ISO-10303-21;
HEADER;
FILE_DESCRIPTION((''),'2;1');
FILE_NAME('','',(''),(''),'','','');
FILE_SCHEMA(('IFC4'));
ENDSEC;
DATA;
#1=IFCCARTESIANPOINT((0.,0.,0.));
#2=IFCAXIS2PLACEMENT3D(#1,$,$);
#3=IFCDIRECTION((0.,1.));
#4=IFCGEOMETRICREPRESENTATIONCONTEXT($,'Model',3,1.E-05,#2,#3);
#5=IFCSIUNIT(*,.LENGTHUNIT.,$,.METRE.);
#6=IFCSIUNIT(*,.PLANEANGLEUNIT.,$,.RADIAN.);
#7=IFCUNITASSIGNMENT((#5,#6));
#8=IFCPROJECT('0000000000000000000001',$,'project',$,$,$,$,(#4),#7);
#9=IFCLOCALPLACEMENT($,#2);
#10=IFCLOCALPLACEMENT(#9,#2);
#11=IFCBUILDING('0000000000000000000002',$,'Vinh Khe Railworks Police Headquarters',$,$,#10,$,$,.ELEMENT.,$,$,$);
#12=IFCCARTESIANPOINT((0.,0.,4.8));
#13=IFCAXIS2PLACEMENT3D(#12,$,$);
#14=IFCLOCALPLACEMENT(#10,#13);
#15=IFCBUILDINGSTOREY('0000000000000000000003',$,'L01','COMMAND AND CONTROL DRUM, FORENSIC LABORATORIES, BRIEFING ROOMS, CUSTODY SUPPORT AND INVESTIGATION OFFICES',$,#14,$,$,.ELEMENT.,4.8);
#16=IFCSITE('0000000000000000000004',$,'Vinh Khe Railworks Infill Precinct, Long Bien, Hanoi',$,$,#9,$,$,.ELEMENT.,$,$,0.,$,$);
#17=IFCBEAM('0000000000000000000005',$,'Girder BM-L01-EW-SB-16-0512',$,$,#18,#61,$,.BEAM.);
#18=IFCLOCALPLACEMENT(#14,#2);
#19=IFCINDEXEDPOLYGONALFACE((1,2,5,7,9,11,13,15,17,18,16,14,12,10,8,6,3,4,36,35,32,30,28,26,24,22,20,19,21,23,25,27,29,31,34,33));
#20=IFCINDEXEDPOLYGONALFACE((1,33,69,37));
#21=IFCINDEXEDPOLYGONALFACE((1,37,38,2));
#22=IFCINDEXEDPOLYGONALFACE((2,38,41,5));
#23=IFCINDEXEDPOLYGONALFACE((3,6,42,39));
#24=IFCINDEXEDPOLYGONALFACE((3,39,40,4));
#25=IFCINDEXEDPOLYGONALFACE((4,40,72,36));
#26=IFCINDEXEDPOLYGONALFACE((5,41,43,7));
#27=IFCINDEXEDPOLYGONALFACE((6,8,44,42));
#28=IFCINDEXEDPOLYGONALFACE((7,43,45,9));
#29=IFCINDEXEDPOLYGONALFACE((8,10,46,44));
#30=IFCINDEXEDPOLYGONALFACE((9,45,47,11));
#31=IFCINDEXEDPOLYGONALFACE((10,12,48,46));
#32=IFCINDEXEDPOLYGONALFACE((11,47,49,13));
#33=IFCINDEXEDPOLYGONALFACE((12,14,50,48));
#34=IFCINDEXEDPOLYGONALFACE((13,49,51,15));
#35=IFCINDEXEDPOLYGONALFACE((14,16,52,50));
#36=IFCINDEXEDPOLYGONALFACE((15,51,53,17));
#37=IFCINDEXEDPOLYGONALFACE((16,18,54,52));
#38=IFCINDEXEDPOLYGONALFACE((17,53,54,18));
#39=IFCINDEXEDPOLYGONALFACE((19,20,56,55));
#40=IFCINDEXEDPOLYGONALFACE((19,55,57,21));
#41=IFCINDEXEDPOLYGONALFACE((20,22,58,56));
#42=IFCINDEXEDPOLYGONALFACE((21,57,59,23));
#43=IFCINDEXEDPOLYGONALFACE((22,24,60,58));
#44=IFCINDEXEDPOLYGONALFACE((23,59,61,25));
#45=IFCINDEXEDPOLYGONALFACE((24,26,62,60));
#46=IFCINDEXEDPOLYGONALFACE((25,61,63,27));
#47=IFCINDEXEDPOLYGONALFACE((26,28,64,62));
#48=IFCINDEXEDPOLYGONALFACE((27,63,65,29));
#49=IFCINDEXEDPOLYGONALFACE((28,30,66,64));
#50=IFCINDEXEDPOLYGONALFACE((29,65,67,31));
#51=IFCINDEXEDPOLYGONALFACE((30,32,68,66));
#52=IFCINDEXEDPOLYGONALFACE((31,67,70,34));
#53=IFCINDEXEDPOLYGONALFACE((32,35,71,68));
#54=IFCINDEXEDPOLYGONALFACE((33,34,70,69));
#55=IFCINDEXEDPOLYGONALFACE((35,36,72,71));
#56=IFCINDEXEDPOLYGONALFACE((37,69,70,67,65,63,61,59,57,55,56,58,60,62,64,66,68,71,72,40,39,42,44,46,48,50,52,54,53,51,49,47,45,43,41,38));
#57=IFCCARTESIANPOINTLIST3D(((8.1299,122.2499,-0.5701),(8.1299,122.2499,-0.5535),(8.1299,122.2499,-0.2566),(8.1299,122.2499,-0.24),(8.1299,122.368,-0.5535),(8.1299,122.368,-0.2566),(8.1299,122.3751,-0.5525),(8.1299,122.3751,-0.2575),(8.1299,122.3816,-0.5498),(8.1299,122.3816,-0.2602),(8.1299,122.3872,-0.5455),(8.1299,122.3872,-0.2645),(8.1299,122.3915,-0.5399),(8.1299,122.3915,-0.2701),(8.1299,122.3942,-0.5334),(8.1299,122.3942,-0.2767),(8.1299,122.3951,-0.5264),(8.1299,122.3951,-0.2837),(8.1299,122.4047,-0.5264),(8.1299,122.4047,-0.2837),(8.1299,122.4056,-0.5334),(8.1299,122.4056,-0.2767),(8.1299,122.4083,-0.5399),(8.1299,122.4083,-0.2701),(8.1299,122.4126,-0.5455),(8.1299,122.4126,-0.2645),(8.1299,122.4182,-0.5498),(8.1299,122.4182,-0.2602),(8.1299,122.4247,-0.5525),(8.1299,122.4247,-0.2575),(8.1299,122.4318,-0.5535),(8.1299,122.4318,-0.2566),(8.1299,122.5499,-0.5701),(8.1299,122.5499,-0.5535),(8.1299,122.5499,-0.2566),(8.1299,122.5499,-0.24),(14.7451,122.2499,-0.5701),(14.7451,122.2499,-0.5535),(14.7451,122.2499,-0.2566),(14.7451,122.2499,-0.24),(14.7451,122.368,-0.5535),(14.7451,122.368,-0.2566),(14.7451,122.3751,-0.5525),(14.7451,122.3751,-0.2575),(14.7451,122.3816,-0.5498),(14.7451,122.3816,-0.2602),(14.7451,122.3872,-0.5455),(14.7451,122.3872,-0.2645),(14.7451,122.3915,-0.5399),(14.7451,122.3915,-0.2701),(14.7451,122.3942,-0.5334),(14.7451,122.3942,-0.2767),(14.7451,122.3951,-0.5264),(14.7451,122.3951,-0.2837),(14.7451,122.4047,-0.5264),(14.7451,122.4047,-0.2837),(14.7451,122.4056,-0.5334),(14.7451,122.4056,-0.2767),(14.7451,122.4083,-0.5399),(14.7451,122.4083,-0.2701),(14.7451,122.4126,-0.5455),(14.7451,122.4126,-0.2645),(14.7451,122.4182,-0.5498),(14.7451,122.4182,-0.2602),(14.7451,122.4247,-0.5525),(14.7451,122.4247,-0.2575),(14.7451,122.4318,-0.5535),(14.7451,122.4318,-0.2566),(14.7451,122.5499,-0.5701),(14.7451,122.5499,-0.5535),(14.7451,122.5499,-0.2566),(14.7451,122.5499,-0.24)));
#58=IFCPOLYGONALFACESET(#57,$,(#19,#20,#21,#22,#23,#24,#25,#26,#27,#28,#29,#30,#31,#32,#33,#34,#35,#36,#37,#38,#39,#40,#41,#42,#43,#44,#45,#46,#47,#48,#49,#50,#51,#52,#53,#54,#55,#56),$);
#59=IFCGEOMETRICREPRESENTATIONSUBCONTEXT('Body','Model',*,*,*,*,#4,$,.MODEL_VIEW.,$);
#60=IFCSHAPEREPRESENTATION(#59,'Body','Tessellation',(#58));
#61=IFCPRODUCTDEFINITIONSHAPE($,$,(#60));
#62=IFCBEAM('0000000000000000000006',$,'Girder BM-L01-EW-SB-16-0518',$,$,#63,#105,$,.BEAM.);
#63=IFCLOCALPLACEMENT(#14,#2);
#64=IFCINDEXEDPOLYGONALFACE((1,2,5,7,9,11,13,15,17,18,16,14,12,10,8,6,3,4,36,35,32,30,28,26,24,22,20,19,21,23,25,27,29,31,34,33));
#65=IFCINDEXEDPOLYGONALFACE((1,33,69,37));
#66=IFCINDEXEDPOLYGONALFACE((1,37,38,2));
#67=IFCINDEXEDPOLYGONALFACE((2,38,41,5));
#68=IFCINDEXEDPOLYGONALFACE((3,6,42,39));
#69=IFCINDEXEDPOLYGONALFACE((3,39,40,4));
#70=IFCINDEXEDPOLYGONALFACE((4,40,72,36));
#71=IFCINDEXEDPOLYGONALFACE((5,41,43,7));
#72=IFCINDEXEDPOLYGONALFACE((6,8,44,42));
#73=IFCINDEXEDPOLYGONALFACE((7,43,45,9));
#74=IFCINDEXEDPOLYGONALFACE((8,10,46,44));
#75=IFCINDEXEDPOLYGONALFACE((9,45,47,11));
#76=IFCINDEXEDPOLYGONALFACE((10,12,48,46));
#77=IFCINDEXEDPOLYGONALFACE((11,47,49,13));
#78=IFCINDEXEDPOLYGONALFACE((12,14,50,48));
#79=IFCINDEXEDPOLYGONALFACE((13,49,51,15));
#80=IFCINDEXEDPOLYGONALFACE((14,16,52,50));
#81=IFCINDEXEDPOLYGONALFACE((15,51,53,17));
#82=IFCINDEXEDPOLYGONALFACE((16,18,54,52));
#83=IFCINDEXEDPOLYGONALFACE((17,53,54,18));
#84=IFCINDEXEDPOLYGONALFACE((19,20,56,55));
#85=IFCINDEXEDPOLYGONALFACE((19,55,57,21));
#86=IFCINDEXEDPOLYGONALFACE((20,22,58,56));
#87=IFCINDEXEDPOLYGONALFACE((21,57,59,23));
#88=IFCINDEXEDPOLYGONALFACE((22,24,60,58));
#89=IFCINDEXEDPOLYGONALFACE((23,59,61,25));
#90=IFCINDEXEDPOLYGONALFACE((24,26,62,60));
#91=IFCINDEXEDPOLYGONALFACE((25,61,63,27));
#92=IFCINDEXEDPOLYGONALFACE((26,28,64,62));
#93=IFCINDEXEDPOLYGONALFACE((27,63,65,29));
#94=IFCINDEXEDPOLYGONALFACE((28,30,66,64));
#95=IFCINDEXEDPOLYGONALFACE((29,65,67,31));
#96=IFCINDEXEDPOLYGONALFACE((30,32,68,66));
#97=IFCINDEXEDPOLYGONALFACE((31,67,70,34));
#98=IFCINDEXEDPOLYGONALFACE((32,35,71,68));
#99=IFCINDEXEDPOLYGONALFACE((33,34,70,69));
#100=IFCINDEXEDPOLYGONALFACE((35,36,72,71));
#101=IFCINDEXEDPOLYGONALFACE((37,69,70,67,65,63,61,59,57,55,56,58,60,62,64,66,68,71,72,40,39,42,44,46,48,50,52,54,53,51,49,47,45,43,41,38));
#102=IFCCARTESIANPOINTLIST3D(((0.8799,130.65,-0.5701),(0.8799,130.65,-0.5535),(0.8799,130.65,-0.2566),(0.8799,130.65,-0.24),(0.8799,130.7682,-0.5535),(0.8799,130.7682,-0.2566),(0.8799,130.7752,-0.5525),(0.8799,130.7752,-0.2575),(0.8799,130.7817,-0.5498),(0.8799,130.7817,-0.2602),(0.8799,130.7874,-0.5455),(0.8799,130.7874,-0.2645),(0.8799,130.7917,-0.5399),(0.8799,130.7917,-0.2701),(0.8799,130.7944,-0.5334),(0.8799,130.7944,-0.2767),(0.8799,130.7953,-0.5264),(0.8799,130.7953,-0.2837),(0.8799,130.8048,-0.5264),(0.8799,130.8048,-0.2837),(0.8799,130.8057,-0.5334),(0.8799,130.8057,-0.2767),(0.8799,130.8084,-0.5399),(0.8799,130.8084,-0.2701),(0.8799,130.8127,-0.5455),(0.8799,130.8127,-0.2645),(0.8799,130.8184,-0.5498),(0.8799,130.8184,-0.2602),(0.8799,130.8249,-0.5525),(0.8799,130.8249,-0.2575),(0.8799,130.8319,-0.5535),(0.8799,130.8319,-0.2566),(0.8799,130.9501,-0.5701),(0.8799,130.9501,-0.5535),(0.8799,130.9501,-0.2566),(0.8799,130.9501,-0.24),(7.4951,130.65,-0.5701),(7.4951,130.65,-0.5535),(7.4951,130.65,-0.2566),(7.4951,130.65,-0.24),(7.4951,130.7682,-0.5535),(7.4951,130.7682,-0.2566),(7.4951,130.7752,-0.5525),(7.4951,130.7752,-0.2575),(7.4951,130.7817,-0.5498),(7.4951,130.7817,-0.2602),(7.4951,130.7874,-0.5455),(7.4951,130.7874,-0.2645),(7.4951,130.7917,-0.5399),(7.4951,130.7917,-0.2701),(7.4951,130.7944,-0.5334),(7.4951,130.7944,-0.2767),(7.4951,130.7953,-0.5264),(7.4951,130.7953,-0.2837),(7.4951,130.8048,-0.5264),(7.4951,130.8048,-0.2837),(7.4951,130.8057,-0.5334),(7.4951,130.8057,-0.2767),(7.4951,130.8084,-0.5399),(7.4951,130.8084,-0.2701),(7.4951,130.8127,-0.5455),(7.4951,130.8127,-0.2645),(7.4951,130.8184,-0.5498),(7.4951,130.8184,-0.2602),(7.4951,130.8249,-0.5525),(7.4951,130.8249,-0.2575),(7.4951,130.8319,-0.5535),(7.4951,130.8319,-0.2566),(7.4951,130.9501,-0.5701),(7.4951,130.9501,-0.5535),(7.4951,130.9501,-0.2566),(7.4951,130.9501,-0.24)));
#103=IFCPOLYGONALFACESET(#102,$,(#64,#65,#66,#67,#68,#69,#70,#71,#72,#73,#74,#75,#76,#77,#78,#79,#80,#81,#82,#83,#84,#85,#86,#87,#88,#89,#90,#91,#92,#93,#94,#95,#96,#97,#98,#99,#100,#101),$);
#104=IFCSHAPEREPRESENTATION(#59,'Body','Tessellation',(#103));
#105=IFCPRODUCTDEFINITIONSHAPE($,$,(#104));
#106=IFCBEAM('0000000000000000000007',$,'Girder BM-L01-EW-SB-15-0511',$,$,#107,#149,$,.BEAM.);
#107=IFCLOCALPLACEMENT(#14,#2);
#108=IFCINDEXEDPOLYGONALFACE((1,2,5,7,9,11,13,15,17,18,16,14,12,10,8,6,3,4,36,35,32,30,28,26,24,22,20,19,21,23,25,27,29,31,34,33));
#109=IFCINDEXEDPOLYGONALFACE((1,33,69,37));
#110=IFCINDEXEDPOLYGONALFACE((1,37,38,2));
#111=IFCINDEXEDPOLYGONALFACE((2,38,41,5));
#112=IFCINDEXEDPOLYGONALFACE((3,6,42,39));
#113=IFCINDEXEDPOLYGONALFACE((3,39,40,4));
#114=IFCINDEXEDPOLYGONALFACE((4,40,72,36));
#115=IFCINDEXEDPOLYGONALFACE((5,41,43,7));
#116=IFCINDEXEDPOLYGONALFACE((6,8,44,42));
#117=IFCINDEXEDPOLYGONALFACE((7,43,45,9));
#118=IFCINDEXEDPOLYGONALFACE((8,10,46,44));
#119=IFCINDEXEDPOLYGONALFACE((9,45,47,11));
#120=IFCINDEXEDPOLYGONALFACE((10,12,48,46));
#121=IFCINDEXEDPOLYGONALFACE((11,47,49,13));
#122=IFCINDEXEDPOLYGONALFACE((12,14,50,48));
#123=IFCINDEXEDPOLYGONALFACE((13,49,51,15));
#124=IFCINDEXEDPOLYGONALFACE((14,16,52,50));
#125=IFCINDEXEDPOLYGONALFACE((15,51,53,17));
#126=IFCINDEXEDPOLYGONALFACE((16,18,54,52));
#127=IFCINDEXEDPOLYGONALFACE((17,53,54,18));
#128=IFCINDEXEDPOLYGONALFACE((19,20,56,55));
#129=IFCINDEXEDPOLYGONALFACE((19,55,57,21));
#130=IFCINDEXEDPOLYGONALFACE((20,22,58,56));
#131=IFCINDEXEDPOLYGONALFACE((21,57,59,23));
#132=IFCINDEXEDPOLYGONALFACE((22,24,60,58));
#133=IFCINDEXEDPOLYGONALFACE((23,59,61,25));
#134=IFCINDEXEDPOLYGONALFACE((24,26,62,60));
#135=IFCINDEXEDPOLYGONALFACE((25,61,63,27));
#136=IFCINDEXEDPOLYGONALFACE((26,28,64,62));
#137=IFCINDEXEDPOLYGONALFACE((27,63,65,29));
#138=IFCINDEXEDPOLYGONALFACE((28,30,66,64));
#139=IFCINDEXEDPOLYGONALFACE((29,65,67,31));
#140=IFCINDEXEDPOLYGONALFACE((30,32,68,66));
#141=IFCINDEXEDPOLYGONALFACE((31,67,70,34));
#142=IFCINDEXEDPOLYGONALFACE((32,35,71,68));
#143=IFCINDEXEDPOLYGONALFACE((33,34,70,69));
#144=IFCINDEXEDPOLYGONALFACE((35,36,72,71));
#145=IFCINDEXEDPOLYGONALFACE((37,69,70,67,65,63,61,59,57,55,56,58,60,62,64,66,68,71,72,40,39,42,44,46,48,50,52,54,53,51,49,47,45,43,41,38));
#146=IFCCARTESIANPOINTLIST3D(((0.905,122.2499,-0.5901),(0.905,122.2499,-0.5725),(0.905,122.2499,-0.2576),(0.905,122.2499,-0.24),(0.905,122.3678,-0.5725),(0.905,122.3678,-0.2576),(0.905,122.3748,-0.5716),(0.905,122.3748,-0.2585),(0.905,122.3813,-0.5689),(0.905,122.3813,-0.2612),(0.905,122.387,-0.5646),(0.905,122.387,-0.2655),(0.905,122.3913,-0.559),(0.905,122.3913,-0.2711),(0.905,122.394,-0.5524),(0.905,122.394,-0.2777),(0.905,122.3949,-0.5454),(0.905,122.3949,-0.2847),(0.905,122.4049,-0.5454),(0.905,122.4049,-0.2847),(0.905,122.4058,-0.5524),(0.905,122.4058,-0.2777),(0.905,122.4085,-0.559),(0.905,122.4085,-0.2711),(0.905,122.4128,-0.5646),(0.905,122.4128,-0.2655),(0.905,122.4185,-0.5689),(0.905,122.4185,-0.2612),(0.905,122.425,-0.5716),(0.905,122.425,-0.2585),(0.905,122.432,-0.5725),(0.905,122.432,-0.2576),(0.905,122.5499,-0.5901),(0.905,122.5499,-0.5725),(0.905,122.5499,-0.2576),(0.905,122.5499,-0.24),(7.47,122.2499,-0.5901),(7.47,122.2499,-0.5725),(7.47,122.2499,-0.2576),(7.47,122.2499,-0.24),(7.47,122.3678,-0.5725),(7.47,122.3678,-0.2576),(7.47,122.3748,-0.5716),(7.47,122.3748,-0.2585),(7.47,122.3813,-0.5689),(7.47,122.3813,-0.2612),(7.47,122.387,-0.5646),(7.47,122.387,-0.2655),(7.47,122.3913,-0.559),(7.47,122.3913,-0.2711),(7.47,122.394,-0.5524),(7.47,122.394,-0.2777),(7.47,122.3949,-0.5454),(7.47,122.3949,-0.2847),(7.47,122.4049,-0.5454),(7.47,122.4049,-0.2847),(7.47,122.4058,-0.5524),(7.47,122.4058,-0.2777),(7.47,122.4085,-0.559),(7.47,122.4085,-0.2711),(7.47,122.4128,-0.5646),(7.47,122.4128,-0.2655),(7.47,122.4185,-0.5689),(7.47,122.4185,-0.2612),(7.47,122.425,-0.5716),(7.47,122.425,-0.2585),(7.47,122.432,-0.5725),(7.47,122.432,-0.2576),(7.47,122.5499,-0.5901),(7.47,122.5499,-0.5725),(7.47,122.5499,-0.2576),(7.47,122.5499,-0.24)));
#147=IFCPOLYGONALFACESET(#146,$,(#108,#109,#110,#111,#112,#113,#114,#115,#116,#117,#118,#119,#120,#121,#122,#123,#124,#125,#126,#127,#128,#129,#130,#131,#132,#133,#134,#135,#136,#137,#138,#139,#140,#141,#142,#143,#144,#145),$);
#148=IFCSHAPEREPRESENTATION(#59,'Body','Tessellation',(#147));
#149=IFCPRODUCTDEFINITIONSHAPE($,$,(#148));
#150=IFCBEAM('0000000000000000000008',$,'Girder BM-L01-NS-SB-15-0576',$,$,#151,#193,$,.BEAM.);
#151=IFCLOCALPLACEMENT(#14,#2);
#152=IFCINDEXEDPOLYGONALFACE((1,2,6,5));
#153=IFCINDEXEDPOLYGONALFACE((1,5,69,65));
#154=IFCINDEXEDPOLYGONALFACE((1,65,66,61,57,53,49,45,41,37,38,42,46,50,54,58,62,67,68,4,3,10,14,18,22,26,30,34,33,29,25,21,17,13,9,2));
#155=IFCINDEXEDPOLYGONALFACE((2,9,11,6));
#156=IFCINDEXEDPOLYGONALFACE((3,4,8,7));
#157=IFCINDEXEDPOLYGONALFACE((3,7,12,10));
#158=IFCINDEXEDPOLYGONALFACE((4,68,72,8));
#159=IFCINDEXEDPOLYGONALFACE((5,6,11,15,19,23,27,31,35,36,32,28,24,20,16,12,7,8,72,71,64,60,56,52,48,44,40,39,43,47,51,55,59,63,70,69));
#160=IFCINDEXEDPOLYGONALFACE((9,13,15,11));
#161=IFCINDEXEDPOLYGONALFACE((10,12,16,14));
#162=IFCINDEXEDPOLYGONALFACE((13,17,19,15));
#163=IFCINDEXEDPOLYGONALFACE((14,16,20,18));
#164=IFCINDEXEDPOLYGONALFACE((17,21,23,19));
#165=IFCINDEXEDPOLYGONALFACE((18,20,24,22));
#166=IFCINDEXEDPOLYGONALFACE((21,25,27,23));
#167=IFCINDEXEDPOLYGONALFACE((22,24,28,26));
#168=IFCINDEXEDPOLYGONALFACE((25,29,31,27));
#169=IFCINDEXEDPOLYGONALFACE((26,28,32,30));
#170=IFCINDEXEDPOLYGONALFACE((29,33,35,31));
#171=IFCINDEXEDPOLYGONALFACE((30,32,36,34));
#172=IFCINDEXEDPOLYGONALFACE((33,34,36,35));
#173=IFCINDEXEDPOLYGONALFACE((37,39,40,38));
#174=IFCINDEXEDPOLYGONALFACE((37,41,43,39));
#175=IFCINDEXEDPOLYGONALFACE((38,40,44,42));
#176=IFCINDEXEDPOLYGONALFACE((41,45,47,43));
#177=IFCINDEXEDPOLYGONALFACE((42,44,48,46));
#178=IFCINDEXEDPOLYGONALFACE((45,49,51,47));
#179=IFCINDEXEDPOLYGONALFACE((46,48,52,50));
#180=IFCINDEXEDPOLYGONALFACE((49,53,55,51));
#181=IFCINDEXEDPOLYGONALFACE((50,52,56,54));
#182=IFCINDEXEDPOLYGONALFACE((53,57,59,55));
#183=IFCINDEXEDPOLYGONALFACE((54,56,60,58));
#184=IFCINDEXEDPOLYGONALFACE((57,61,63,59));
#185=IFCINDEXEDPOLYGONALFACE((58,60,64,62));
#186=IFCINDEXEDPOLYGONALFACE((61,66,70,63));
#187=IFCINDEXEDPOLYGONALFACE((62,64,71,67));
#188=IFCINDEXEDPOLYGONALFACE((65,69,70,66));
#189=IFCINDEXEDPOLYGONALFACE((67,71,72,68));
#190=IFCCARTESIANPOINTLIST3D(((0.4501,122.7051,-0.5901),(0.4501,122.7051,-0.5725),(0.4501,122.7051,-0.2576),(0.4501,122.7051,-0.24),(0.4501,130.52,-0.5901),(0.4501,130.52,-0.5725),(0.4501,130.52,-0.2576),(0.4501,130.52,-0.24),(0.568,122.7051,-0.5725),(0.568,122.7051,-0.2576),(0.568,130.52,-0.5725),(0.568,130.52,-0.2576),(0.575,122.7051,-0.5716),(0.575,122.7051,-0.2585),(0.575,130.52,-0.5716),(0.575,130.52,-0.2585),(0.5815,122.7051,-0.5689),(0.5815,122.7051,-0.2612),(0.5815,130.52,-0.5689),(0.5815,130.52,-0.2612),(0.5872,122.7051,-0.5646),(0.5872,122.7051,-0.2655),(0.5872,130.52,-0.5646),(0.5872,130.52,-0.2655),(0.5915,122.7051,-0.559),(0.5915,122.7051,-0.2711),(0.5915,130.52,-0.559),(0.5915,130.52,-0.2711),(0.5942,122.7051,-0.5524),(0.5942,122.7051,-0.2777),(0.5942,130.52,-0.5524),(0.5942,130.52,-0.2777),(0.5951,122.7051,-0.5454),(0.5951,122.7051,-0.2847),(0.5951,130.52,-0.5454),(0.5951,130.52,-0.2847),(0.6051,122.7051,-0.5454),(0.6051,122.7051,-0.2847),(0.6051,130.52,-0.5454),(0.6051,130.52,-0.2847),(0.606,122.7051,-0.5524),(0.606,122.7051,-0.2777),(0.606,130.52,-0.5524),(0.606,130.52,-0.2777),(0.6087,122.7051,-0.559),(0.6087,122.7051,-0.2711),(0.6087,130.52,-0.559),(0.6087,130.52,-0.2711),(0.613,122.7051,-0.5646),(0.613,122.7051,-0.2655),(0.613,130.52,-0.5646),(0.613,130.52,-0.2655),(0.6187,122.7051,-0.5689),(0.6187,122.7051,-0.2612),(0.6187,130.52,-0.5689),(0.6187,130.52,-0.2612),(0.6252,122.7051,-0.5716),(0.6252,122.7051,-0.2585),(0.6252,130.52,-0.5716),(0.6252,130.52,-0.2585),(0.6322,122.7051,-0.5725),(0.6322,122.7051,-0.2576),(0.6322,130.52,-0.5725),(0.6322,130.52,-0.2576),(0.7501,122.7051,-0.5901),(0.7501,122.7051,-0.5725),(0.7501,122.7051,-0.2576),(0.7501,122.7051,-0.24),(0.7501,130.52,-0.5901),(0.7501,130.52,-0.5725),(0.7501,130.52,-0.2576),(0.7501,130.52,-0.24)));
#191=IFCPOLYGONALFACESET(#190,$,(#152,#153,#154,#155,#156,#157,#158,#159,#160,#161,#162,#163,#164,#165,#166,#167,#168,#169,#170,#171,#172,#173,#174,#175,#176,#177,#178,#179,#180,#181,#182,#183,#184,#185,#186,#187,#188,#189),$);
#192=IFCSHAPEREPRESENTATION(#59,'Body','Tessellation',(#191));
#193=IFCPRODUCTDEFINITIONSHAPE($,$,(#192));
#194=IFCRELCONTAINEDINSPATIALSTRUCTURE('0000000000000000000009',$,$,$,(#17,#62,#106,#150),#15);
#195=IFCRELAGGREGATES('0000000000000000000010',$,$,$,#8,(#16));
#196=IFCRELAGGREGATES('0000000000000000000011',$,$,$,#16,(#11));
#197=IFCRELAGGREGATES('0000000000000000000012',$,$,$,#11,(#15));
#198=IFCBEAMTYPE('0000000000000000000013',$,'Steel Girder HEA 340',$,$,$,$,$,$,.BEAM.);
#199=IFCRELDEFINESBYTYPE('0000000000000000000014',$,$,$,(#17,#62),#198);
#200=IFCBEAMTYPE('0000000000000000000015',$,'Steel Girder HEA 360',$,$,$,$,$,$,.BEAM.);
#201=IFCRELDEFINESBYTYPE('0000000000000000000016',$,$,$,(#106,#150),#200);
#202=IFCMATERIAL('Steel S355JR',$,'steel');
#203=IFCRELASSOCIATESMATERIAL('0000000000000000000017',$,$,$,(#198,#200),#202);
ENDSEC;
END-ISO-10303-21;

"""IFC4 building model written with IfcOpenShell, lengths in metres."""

from ifc_helpers import new_model, si_unit, direction, frame, origin, origin_2d, place, context, subcontext, project, spatial, i_section, extrude, material, material_profile, profile_set, type_object, element, save


model = new_model("IFC4")

# Units and contexts
model_context = context("Model", 3, precision=1e-05, world=origin(), true_north=direction((0.0, 1.0)))
body_context = subcontext(model_context, "Body", "Model", "MODEL_VIEW")
ifc_project = project(units=[si_unit("LENGTHUNIT", "METRE"), si_unit("PLANEANGLEUNIT", "RADIAN")], contexts=[model_context])

# Site, building, storey
site_placement = place(None, origin())
site = spatial("IfcSite", under=ifc_project, at=site_placement, Name="Vinh Khe Railworks Infill Precinct, Long Bien, Hanoi", CompositionType="ELEMENT", RefElevation=0.0)
building_placement = place(site_placement, origin())
building = spatial("IfcBuilding", under=site, at=building_placement, Name="Vinh Khe Railworks Police Headquarters", CompositionType="ELEMENT")
storey_placement = place(building_placement, frame((0.0, 0.0, 4.8)))
storey = spatial("IfcBuildingStorey", under=building, at=storey_placement, Name="L01", Description="COMMAND AND CONTROL DRUM, FORENSIC LABORATORIES, BRIEFING ROOMS, CUSTODY SUPPORT AND INVESTIGATION OFFICES", CompositionType="ELEMENT", Elevation=4.8)

# Beams
ifc_material_1 = material(Name="Steel S355JR", Category="steel")
ifc_material_profile_1 = material_profile(ifc_material_1, i_section(OverallWidth=0.3, OverallDepth=0.3301, WebThickness=0.0095, FlangeThickness=0.0166, FilletRadius=0.0271, at=origin_2d()), Name="HEA 340")
ifc_profile_set_1 = profile_set([ifc_material_profile_1], Name="Steel S355JR")
beam_type_1 = type_object("IfcBeamType", Name="Steel Girder HEA 340", PredefinedType="BEAM", material=ifc_profile_set_1)
for number, where, z_axis, x_axis, name in (
    (1, (8.1299, 122.3999, -0.405), (1.0, 0.0, 0.0), (0.0, 1.0, 0.0), "Girder BM-L01-EW-SB-16-0512"),
    (2, (0.8799, 130.8, -0.405), (1.0, 0.0, 0.0), (0.0, 1.0, 0.0), "Girder BM-L01-EW-SB-16-0518"),
):
    element("IfcBeam", number, at=place(storey_placement, frame(where, z_axis=z_axis, x_axis=x_axis)), inside=storey, type_object=beam_type_1, Name=name, PredefinedType="BEAM", context=body_context, shape_type="SweptSolid", body=[
        extrude(i_section(OverallWidth=0.3, OverallDepth=0.3301, WebThickness=0.0095, FlangeThickness=0.0166, FilletRadius=0.0271, at=origin_2d()), origin(), (0.0, 0.0, 1.0), 6.6152),
    ])
ifc_material_profile_2 = material_profile(ifc_material_1, i_section(OverallWidth=0.3, OverallDepth=0.3501, WebThickness=0.01, FlangeThickness=0.0176, FilletRadius=0.0271, at=origin_2d()), Name="HEA 360")
ifc_profile_set_2 = profile_set([ifc_material_profile_2], Name="Steel S355JR")
beam_type_2 = type_object("IfcBeamType", Name="Steel Girder HEA 360", PredefinedType="BEAM", material=ifc_profile_set_2)
beam_1_placement = place(storey_placement, frame((0.905, 122.3999, -0.415), z_axis=(1.0, 0.0, 0.0), x_axis=(0.0, 1.0, 0.0)))
element("IfcBeam", 3, at=beam_1_placement, inside=storey, type_object=beam_type_2, Name="Girder BM-L01-EW-SB-15-0511", PredefinedType="BEAM", context=body_context, shape_type="SweptSolid", body=[
    extrude(i_section(OverallWidth=0.3, OverallDepth=0.3501, WebThickness=0.01, FlangeThickness=0.0176, FilletRadius=0.0271, at=origin_2d()), origin(), (0.0, 0.0, 1.0), 6.5649),
])
beam_2_placement = place(storey_placement, frame((0.6001, 122.7051, -0.415), z_axis=(0.0, 1.0, 0.0), x_axis=(-1.0, 0.0, 0.0)))
element("IfcBeam", 4, at=beam_2_placement, inside=storey, type_object=beam_type_2, Name="Girder BM-L01-NS-SB-15-0576", PredefinedType="BEAM", context=body_context, shape_type="SweptSolid", body=[
    extrude(i_section(OverallWidth=0.3, OverallDepth=0.3501, WebThickness=0.01, FlangeThickness=0.0176, FilletRadius=0.0271, at=origin_2d()), origin(), (0.0, 0.0, 1.0), 7.8149),
])

save(model, "model.ifc")
